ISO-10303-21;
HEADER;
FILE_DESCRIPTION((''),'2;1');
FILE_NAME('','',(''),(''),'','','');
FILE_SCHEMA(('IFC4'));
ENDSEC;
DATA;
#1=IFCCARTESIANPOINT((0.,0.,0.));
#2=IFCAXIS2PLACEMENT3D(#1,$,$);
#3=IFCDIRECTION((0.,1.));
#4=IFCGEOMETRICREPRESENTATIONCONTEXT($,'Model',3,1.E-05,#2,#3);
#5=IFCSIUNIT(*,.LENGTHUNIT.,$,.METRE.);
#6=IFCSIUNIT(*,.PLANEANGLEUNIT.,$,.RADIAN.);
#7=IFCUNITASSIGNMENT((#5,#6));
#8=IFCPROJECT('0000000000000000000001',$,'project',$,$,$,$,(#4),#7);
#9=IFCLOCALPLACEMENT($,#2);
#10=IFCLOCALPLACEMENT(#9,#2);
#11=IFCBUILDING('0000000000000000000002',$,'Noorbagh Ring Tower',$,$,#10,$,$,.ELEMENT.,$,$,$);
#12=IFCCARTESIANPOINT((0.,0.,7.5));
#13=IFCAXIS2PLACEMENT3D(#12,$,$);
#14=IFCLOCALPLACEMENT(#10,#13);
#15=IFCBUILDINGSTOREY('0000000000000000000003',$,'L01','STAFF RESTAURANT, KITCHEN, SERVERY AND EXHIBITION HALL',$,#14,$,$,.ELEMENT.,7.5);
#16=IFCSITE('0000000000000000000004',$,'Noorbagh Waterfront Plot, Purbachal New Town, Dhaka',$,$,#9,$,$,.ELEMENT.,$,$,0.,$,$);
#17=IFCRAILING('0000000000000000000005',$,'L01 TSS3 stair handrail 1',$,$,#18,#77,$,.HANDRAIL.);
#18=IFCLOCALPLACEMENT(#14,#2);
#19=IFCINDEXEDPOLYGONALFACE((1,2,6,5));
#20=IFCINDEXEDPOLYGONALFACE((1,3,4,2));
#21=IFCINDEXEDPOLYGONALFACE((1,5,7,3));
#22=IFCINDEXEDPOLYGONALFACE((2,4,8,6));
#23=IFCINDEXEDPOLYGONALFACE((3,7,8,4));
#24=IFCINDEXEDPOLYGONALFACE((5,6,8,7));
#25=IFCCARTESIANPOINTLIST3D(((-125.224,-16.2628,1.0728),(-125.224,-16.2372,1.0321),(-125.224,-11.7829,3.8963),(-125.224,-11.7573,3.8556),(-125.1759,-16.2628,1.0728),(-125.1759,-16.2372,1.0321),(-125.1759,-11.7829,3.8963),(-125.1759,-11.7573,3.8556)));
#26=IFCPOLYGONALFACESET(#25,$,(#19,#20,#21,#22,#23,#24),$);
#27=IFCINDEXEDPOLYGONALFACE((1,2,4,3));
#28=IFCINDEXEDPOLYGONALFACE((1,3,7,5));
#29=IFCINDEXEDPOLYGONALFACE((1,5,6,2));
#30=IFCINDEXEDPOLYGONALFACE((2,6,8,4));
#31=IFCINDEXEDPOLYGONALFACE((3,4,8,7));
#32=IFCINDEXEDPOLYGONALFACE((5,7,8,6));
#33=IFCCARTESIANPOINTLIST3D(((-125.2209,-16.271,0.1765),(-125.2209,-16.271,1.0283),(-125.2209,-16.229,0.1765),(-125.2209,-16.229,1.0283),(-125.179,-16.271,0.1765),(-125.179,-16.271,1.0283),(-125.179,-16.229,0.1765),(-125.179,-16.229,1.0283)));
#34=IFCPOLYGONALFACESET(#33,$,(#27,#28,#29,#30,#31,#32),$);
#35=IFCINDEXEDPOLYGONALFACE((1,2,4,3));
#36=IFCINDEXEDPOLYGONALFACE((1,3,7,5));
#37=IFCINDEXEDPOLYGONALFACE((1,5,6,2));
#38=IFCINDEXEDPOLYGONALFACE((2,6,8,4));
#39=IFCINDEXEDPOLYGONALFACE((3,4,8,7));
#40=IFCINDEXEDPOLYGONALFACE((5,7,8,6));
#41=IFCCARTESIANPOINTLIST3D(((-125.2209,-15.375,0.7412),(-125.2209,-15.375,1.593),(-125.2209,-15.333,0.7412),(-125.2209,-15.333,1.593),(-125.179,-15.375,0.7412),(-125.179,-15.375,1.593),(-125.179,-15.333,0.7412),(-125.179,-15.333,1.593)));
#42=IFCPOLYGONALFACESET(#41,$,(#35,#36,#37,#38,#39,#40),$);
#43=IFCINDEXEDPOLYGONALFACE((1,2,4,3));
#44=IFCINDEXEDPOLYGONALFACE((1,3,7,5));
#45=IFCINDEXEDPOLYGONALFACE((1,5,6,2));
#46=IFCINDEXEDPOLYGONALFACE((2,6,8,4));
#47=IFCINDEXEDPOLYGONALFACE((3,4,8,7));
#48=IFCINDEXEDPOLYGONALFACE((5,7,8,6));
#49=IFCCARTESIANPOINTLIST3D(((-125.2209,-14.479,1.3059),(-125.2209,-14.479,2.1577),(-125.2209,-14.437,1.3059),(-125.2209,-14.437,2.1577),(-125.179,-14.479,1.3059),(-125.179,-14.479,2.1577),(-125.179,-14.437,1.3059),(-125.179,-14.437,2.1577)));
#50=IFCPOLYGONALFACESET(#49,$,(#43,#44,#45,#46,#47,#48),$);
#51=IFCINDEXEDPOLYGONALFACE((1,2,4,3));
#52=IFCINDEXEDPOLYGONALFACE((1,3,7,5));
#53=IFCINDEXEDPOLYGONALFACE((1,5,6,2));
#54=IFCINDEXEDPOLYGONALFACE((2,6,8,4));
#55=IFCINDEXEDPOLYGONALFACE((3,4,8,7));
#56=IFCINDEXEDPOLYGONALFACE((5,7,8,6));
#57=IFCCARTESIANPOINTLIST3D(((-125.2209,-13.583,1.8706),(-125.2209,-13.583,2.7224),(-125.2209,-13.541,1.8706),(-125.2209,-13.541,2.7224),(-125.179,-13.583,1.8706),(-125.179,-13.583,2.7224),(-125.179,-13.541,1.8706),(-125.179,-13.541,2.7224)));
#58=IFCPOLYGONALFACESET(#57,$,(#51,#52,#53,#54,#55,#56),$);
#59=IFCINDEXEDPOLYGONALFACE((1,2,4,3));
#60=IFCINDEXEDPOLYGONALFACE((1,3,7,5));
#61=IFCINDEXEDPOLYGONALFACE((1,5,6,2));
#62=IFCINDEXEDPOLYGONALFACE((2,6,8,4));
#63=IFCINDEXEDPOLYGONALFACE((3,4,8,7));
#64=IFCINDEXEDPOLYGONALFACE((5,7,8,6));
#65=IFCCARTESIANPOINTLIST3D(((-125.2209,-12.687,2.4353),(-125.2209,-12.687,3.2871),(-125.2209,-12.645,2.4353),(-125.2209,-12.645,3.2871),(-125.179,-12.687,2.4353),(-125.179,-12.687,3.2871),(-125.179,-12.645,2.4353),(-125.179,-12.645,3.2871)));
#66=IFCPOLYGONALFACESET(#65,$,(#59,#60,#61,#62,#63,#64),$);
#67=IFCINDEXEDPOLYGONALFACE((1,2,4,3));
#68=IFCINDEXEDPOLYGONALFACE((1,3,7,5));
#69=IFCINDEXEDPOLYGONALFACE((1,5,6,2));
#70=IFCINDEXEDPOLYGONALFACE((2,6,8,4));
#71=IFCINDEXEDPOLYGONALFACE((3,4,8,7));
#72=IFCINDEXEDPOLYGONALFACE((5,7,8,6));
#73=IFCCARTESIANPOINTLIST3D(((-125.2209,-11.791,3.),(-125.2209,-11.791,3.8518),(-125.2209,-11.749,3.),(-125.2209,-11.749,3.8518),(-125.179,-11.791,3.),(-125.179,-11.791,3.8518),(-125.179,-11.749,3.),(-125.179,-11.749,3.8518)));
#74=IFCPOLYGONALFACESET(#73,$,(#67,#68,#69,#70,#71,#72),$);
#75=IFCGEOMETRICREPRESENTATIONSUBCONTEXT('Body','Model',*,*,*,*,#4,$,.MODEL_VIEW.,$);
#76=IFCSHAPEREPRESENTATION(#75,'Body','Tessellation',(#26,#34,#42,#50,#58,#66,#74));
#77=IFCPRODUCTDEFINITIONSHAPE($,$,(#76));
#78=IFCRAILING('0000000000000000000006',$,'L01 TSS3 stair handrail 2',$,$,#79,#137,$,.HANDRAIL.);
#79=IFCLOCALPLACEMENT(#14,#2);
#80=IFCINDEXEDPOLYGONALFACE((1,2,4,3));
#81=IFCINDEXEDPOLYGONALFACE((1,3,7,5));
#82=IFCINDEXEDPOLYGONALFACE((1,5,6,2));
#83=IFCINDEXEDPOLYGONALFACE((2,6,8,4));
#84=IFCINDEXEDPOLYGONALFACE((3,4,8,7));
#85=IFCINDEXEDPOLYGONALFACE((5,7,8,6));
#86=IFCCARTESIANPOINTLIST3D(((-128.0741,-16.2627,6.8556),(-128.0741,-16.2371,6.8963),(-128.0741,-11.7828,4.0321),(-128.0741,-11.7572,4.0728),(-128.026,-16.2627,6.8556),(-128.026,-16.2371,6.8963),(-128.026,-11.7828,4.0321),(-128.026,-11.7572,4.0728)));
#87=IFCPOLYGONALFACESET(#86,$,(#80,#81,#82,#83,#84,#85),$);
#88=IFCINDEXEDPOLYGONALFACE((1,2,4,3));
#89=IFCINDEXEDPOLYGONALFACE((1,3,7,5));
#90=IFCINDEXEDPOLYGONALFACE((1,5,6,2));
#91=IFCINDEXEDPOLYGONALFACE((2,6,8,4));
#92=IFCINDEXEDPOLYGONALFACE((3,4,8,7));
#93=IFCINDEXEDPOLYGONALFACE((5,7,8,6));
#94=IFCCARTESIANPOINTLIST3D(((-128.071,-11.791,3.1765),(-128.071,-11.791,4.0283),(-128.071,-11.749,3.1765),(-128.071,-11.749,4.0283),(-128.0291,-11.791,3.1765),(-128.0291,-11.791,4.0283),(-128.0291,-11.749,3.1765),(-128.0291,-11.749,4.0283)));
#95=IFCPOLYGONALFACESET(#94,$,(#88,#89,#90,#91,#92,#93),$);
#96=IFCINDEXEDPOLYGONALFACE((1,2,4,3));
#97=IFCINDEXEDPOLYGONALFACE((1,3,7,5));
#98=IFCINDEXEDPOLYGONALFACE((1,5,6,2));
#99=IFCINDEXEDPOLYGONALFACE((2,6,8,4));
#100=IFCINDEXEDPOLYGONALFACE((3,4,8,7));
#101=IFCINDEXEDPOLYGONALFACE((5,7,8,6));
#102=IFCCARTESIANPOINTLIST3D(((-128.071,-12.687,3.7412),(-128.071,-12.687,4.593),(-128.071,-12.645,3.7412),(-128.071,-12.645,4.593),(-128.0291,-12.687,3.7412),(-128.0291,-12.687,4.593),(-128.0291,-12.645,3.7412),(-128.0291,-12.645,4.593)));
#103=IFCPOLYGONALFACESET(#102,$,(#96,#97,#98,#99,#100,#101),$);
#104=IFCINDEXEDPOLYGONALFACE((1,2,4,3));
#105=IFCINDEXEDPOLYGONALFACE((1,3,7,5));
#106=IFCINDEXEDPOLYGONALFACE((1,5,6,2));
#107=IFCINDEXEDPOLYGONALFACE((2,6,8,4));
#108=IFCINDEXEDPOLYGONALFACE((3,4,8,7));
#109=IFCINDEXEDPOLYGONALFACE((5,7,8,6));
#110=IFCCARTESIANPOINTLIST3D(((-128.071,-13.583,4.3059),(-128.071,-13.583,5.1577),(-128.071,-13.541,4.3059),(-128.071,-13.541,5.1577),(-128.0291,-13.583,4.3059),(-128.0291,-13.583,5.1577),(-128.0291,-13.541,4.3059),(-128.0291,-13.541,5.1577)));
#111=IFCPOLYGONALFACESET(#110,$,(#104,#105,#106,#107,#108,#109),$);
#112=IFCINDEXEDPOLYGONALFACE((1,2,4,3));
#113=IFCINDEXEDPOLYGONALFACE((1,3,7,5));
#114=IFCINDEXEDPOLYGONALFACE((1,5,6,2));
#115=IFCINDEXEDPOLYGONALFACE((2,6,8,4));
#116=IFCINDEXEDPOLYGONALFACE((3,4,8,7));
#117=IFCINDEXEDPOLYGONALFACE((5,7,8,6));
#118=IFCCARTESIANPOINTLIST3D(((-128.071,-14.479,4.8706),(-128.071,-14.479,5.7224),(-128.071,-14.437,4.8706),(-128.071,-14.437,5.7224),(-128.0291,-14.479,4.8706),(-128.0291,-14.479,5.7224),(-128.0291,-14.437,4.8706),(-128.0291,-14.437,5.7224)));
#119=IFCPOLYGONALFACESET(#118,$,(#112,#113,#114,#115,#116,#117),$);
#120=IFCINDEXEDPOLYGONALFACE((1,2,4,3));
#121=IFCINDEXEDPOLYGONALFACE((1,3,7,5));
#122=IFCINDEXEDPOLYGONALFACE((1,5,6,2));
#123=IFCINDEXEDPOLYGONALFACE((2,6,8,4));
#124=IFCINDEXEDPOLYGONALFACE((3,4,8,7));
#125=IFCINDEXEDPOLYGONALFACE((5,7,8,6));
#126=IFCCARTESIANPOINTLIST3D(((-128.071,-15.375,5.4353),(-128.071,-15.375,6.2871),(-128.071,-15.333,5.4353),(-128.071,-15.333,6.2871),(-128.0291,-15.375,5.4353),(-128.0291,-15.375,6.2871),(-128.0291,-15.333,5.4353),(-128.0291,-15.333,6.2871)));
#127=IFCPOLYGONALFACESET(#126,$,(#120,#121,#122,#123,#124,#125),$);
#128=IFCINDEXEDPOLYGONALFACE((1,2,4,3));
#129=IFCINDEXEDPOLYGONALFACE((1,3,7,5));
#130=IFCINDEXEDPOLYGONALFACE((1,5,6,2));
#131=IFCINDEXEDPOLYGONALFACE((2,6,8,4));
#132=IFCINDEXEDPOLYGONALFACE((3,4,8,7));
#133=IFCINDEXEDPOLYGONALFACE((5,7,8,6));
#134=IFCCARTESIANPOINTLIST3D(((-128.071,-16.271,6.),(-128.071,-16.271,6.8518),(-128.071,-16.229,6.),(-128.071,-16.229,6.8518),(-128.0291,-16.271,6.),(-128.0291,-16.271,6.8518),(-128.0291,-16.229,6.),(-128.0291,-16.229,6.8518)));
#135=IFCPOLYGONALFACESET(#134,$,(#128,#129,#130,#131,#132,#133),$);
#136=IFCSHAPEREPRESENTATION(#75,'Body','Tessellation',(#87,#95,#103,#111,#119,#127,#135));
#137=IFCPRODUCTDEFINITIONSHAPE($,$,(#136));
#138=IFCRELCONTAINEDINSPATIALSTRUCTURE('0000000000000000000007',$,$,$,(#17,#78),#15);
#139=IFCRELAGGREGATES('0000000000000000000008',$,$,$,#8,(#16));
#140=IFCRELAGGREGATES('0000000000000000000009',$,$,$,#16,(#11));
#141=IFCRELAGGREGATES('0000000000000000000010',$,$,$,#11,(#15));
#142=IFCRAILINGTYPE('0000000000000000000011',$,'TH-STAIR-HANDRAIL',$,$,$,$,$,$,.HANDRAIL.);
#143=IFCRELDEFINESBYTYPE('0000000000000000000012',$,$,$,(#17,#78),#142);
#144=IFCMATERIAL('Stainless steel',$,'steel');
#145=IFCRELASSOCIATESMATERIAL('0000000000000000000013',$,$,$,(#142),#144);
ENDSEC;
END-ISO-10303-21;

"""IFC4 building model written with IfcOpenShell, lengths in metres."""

from ifc_helpers import new_model, si_unit, direction, frame, origin, origin_2d, place, context, subcontext, project, spatial, rectangle, extrude, material, type_object, element, save


model = new_model("IFC4")

# Units and contexts
model_context = context("Model", 3, precision=1e-05, world=origin(), true_north=direction((0.0, 1.0)))
body_context = subcontext(model_context, "Body", "Model", "MODEL_VIEW")
ifc_project = project(units=[si_unit("LENGTHUNIT", "METRE"), si_unit("PLANEANGLEUNIT", "RADIAN")], contexts=[model_context])

# Site, building, storey
site_placement = place(None, origin())
site = spatial("IfcSite", under=ifc_project, at=site_placement, Name="Noorbagh Waterfront Plot, Purbachal New Town, Dhaka", CompositionType="ELEMENT", RefElevation=0.0)
building_placement = place(site_placement, origin())
building = spatial("IfcBuilding", under=site, at=building_placement, Name="Noorbagh Ring Tower", CompositionType="ELEMENT")
storey_placement = place(building_placement, frame((0.0, 0.0, 7.5)))
storey = spatial("IfcBuildingStorey", under=building, at=storey_placement, Name="L01", Description="STAFF RESTAURANT, KITCHEN, SERVERY AND EXHIBITION HALL", CompositionType="ELEMENT", Elevation=7.5)

# Railings
ifc_material_1 = material(Name="Stainless steel", Category="steel")
railing_type_1 = type_object("IfcRailingType", Name="TH-STAIR-HANDRAIL", PredefinedType="HANDRAIL", material=ifc_material_1)
railing_1_placement = place(storey_placement, frame((-125.2, -16.25, 0.1765)))
element("IfcRailing", 1, at=railing_1_placement, inside=storey, type_object=railing_type_1, Name="L01 TSS3 stair handrail 1", PredefinedType="HANDRAIL", context=body_context, shape_type="SweptSolid", body=[
    extrude(rectangle(XDim=0.0481, YDim=0.0481, at=origin_2d()), frame((0.0, 0.0, 0.876), z_axis=(0.0, 0.845998, 0.533186), x_axis=(-1.0, 0.0, 0.0)), (0.0, 0.0, 1.0), 5.2954),
    extrude(rectangle(XDim=0.042, YDim=0.042, at=origin_2d()), origin(), (0.0, 0.0, 1.0), 0.8518),
    extrude(rectangle(XDim=0.042, YDim=0.042, at=origin_2d()), frame((0.0, 0.896, 0.5647)), (0.0, 0.0, 1.0), 0.8518),
    extrude(rectangle(XDim=0.042, YDim=0.042, at=origin_2d()), frame((0.0, 1.792, 1.1294)), (0.0, 0.0, 1.0), 0.8518),
    extrude(rectangle(XDim=0.042, YDim=0.042, at=origin_2d()), frame((0.0, 2.688, 1.6941)), (0.0, 0.0, 1.0), 0.8518),
    extrude(rectangle(XDim=0.042, YDim=0.042, at=origin_2d()), frame((0.0, 3.584, 2.2588)), (0.0, 0.0, 1.0), 0.8518),
    extrude(rectangle(XDim=0.042, YDim=0.042, at=origin_2d()), frame((0.0, 4.48, 2.8235)), (0.0, 0.0, 1.0), 0.8518),
])
railing_2_placement = place(storey_placement, frame((-128.05, -11.77, 3.1765)))
element("IfcRailing", 2, at=railing_2_placement, inside=storey, type_object=railing_type_1, Name="L01 TSS3 stair handrail 2", PredefinedType="HANDRAIL", context=body_context, shape_type="SweptSolid", body=[
    extrude(rectangle(XDim=0.0481, YDim=0.0481, at=origin_2d()), frame((0.0, 0.0, 0.876), z_axis=(0.0, -0.845998, 0.533186), x_axis=(1.0, 0.0, 0.0)), (0.0, 0.0, 1.0), 5.2954),
    extrude(rectangle(XDim=0.042, YDim=0.042, at=origin_2d()), origin(), (0.0, 0.0, 1.0), 0.8518),
    extrude(rectangle(XDim=0.042, YDim=0.042, at=origin_2d()), frame((0.0, -0.896, 0.5647)), (0.0, 0.0, 1.0), 0.8518),
    extrude(rectangle(XDim=0.042, YDim=0.042, at=origin_2d()), frame((0.0, -1.792, 1.1294)), (0.0, 0.0, 1.0), 0.8518),
    extrude(rectangle(XDim=0.042, YDim=0.042, at=origin_2d()), frame((0.0, -2.688, 1.6941)), (0.0, 0.0, 1.0), 0.8518),
    extrude(rectangle(XDim=0.042, YDim=0.042, at=origin_2d()), frame((0.0, -3.584, 2.2588)), (0.0, 0.0, 1.0), 0.8518),
    extrude(rectangle(XDim=0.042, YDim=0.042, at=origin_2d()), frame((0.0, -4.48, 2.8235)), (0.0, 0.0, 1.0), 0.8518),
])

save(model, "model.ifc")
